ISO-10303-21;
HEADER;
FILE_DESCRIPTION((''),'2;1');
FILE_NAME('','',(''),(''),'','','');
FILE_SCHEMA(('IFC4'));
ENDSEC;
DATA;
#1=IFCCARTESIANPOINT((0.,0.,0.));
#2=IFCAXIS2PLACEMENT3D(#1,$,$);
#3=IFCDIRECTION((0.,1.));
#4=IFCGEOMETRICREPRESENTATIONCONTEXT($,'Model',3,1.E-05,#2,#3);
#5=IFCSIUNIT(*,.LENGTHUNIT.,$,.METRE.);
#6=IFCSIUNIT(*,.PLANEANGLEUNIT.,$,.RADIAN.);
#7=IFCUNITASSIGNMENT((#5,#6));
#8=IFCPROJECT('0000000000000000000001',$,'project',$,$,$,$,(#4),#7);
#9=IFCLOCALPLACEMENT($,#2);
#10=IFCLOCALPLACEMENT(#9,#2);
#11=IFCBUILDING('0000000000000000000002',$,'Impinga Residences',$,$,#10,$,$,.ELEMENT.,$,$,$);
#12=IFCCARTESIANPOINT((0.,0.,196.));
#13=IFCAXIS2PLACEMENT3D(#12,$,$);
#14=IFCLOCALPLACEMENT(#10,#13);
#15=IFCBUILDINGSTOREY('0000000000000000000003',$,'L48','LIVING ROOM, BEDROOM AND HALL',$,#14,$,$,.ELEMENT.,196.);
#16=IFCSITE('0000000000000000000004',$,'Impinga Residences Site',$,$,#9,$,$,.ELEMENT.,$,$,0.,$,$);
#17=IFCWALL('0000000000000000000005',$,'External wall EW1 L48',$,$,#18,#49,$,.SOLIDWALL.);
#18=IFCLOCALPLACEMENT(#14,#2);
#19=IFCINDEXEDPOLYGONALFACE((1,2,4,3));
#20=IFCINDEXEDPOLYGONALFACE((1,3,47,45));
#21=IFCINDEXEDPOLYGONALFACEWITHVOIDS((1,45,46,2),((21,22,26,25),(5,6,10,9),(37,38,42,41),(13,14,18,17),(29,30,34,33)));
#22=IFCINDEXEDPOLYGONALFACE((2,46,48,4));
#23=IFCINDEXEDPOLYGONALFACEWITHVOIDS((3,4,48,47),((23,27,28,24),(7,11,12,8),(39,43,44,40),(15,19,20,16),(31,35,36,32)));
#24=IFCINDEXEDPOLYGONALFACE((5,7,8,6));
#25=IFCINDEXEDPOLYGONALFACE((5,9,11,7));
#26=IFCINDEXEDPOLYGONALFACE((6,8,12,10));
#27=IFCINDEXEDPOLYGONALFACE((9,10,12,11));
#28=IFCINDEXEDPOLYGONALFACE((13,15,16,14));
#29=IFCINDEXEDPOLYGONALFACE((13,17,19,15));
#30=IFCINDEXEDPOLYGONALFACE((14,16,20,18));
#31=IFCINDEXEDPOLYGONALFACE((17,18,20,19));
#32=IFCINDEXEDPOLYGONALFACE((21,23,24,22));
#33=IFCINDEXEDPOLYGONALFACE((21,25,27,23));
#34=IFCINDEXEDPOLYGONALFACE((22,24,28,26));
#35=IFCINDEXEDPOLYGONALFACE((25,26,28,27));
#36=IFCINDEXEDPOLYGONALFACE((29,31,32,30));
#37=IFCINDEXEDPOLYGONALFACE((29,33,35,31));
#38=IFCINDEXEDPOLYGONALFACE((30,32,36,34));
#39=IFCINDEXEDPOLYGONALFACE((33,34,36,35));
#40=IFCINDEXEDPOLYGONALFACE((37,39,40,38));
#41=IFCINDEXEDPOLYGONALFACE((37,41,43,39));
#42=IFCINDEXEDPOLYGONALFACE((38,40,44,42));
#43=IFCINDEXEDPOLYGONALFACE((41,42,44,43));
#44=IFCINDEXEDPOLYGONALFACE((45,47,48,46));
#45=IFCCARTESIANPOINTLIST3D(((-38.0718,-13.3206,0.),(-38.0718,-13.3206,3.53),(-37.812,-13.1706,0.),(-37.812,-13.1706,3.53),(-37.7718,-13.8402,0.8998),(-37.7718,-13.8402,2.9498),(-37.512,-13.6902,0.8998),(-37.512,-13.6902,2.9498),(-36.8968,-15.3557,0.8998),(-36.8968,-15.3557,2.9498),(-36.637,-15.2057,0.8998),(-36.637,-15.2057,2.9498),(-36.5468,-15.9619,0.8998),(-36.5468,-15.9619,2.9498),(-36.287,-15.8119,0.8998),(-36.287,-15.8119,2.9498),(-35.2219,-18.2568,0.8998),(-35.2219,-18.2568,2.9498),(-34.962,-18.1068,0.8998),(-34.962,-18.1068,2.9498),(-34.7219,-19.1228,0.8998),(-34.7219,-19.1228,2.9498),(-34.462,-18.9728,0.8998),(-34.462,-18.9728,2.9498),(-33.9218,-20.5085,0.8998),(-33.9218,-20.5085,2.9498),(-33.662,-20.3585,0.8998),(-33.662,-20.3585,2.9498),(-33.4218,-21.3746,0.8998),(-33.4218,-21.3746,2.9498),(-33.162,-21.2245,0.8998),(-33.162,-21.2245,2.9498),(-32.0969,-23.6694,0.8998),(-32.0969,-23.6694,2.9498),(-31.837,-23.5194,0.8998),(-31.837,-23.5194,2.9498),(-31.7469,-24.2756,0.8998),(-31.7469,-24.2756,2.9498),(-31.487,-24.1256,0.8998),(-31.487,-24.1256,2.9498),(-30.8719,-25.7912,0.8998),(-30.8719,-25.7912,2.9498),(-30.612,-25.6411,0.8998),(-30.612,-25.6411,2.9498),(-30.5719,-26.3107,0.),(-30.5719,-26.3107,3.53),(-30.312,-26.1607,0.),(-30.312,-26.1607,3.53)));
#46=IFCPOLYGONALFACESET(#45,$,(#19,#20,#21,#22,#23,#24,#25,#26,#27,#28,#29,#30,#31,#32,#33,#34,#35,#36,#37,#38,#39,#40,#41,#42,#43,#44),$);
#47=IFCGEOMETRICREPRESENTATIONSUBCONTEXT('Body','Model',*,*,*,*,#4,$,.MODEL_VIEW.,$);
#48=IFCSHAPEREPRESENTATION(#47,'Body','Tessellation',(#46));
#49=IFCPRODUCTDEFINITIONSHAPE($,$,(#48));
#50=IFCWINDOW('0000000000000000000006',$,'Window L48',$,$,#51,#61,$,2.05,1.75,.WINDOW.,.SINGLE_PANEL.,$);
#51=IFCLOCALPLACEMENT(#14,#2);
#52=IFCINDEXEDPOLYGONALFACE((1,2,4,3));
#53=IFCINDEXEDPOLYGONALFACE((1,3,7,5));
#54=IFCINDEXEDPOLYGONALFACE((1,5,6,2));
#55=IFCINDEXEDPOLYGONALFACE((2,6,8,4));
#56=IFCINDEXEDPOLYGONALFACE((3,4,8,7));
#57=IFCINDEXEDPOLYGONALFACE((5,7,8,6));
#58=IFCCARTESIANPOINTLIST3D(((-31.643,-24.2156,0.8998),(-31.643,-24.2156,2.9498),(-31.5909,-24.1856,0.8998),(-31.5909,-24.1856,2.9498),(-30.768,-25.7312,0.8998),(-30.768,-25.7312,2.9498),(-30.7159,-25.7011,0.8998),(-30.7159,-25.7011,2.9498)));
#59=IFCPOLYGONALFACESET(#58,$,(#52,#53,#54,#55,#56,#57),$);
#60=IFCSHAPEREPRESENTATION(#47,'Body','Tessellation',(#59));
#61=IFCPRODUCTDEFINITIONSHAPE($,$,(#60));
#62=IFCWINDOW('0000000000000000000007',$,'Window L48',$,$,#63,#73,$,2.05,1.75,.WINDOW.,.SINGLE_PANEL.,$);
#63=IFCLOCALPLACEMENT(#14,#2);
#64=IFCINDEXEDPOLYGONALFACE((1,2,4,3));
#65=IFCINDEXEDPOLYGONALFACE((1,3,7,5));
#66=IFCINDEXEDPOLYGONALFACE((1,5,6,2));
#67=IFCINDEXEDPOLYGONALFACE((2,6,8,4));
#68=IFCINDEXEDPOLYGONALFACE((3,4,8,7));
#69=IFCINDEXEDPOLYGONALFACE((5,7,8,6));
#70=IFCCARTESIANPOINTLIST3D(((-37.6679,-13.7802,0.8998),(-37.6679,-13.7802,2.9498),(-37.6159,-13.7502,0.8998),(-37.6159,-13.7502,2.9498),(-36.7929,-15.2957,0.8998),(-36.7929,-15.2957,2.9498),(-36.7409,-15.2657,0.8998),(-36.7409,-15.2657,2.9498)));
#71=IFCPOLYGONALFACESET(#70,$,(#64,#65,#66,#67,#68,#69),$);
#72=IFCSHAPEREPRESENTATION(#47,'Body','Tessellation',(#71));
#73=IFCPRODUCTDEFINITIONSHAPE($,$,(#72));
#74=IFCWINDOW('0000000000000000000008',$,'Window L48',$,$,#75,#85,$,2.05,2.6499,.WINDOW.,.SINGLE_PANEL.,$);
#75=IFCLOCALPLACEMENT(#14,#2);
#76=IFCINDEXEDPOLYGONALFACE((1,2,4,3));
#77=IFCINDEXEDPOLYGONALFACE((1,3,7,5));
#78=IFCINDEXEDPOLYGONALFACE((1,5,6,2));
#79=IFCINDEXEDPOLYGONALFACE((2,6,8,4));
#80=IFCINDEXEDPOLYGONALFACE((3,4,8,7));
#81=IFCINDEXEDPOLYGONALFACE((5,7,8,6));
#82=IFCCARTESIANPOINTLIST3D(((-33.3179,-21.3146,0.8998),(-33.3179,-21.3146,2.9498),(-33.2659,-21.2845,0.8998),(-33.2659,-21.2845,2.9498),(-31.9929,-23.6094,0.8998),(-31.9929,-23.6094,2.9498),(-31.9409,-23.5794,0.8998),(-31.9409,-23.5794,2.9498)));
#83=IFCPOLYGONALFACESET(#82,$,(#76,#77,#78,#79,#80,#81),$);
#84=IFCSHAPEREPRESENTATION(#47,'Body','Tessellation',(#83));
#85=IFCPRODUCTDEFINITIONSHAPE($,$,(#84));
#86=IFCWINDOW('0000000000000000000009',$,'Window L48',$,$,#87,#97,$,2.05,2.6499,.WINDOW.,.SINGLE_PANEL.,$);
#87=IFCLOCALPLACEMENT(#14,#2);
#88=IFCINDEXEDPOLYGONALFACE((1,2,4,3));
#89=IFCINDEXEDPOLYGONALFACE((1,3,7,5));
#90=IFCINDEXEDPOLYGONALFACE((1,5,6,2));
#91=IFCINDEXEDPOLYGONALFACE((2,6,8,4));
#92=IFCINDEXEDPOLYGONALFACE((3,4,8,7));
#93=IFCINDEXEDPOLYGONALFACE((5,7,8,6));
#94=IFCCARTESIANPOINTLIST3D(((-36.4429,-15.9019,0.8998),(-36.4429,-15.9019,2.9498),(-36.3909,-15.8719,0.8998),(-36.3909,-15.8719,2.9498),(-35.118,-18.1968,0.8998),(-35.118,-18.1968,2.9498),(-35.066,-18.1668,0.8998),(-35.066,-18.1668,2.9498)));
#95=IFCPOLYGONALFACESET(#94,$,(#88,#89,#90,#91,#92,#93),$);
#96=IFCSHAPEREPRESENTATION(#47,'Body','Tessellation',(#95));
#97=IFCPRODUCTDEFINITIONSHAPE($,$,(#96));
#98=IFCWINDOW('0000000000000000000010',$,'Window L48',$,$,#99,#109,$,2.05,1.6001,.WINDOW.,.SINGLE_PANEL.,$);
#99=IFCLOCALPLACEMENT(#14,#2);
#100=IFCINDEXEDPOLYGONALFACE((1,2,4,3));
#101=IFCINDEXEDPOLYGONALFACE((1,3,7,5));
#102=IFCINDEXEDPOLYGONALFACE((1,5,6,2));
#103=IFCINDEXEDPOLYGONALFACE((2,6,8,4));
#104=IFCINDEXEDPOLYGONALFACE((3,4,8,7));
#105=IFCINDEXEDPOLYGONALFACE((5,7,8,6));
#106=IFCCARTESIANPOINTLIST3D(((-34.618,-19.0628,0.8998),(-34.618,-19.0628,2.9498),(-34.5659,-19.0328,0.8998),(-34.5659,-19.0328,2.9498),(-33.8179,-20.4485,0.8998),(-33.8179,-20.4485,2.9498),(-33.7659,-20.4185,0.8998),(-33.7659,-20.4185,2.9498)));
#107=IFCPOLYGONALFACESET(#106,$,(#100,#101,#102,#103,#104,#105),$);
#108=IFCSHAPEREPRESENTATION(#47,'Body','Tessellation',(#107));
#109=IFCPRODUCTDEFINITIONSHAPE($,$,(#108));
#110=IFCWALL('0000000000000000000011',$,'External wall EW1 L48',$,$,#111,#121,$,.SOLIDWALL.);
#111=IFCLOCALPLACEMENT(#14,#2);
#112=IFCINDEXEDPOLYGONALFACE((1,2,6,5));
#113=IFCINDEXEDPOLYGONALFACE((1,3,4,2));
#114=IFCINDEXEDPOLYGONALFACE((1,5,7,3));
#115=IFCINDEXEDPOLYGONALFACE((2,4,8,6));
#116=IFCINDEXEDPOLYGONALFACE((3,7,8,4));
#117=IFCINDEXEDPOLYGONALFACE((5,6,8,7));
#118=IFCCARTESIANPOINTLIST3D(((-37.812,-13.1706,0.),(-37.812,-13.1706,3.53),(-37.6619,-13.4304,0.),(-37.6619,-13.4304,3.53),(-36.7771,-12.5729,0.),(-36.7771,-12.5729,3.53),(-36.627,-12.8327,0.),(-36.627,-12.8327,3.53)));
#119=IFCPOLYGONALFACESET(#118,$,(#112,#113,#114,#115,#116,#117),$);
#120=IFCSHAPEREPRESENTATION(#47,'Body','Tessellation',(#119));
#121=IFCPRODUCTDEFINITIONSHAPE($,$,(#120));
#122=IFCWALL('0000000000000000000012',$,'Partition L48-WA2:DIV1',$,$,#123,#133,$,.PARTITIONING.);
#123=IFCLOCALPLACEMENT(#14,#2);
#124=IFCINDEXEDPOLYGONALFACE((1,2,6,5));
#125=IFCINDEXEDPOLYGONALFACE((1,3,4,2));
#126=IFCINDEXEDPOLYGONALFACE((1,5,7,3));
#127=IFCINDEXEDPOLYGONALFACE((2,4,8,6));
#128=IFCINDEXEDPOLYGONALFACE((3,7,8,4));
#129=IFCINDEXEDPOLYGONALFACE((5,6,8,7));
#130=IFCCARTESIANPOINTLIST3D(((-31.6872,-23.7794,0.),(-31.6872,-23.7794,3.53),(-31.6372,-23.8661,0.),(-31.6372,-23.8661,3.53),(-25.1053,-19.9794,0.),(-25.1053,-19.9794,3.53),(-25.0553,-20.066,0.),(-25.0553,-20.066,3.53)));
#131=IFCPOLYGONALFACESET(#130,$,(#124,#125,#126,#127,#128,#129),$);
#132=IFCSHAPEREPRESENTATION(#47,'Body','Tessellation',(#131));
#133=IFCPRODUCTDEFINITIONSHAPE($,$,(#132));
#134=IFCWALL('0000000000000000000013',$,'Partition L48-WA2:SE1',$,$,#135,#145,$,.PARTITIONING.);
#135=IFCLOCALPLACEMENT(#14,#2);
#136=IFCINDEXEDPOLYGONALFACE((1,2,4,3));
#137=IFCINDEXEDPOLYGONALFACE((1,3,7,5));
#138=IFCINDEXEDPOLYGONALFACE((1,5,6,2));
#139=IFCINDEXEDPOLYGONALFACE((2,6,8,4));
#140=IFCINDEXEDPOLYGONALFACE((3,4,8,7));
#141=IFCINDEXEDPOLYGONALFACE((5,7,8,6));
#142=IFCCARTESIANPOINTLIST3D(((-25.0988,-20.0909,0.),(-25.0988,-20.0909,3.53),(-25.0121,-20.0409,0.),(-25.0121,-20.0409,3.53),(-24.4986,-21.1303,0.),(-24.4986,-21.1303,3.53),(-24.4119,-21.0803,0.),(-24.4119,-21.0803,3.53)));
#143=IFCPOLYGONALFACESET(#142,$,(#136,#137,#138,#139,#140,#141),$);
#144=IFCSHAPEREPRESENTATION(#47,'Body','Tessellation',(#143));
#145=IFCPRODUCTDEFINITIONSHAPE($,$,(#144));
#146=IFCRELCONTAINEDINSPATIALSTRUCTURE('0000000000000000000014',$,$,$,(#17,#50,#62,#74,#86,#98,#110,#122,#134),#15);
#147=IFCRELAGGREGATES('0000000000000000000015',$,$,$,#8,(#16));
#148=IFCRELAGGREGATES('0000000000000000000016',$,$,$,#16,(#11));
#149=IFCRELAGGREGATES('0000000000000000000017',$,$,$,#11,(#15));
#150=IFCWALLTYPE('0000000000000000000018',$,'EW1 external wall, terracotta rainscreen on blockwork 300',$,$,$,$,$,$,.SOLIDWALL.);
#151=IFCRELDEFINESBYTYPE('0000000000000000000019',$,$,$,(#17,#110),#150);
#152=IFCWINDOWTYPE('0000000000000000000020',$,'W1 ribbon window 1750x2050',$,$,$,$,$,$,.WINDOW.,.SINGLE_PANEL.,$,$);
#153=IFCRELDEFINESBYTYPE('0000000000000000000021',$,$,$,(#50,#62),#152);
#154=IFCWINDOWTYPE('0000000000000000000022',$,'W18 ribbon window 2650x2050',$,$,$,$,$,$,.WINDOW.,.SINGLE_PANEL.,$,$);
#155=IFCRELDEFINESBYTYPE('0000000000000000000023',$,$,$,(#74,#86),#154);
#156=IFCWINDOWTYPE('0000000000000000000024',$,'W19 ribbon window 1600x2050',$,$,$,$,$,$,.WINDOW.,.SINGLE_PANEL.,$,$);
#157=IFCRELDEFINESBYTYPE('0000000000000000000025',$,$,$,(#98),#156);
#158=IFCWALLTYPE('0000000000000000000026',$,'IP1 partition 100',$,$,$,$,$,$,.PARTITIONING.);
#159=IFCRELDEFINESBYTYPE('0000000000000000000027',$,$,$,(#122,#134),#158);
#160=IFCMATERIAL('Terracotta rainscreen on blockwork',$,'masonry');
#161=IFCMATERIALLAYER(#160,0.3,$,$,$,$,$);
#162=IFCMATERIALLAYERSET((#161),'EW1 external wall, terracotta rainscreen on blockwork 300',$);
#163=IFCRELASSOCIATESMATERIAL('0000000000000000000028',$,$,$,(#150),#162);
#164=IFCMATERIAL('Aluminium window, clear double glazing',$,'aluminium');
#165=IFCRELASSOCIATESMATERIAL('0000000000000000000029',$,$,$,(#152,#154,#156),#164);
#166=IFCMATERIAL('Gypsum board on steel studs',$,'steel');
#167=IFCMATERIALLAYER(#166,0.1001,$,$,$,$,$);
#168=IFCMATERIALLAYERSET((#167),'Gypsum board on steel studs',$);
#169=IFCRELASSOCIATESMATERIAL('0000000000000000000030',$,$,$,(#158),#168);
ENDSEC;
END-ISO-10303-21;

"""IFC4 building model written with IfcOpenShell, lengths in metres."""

from ifc_helpers import new_model, si_unit, direction, frame, frame_2d, origin, place, context, subcontext, project, spatial, rectangle, extrude, material, layer, layer_set, type_object, element, fill, save


model = new_model("IFC4")

# Units and contexts
model_context = context("Model", 3, precision=1e-05, world=origin(), true_north=direction((0.0, 1.0)))
body_context = subcontext(model_context, "Body", "Model", "MODEL_VIEW")
ifc_project = project(units=[si_unit("LENGTHUNIT", "METRE"), si_unit("PLANEANGLEUNIT", "RADIAN")], contexts=[model_context])

# Site, building, storey
site_placement = place(None, origin())
site = spatial("IfcSite", under=ifc_project, at=site_placement, Name="Impinga Residences Site", CompositionType="ELEMENT", RefElevation=0.0)
building_placement = place(site_placement, origin())
building = spatial("IfcBuilding", under=site, at=building_placement, Name="Impinga Residences", CompositionType="ELEMENT")
storey_placement = place(building_placement, frame((0.0, 0.0, 196.0)))
storey = spatial("IfcBuildingStorey", under=building, at=storey_placement, Name="L48", Description="LIVING ROOM, BEDROOM AND HALL", CompositionType="ELEMENT", Elevation=196.0)

# Shared definitions
ifc_material_1 = material(Name="Terracotta rainscreen on blockwork", Category="masonry")
ifc_layer_1 = layer(ifc_material_1, 0.3)
ifc_layer_set_1 = layer_set([ifc_layer_1], Name="EW1 external wall, terracotta rainscreen on blockwork 300")
wall_type_1 = type_object("IfcWallType", Name="EW1 external wall, terracotta rainscreen on blockwork 300", PredefinedType="SOLIDWALL", material=ifc_layer_set_1)

# Wall, openings, windows
wall_1_placement = place(storey_placement, frame((-30.4419, -26.2358, 0.0), z_axis=(0.0, 0.0, 1.0), x_axis=(-0.500004, 0.866023, 0.0)))
wall_1 = element("IfcWall", 1, at=wall_1_placement, inside=storey, type_object=wall_type_1, Name="External wall EW1 L48", PredefinedType="SOLIDWALL", context=body_context, shape_type="SweptSolid", body=[
    extrude(rectangle(XDim=14.9998, YDim=0.3, at=frame_2d((7.5, 0.0))), origin(), (0.0, 0.0, 1.0), 3.53),
])
opening_1_placement = place(wall_1_placement, frame((0.6001, 0.0, 0.8999)))
opening_1 = element("IfcOpeningElement", 2, at=opening_1_placement, cuts=wall_1, PredefinedType="OPENING", context=body_context, shape_type="SweptSolid", body=[
    extrude(rectangle(XDim=1.75, YDim=2.05, at=frame_2d((0.875, 1.0249))), frame((0.0, 0.1599, 0.0), z_axis=(0.0, -1.0, 0.0), x_axis=(1.0, 0.0, 0.0)), (0.0, 0.0, 1.0), 0.3201),
])
opening_2_placement = place(wall_1_placement, frame((3.05, 0.0, 0.8999)))
opening_2 = element("IfcOpeningElement", 3, at=opening_2_placement, cuts=wall_1, PredefinedType="OPENING", context=body_context, shape_type="SweptSolid", body=[
    extrude(rectangle(XDim=2.6499, YDim=2.05, at=frame_2d((1.325, 1.0249))), frame((0.0, 0.1599, 0.0), z_axis=(0.0, -1.0, 0.0), x_axis=(1.0, 0.0, 0.0)), (0.0, 0.0, 1.0), 0.3201),
])
opening_3_placement = place(wall_1_placement, frame((6.7, 0.0, 0.8999)))
opening_3 = element("IfcOpeningElement", 4, at=opening_3_placement, cuts=wall_1, PredefinedType="OPENING", context=body_context, shape_type="SweptSolid", body=[
    extrude(rectangle(XDim=1.6001, YDim=2.05, at=frame_2d((0.8, 1.0249))), frame((0.0, 0.1599, 0.0), z_axis=(0.0, -1.0, 0.0), x_axis=(1.0, 0.0, 0.0)), (0.0, 0.0, 1.0), 0.3201),
])
opening_4_placement = place(wall_1_placement, frame((9.3, 0.0, 0.8999)))
opening_4 = element("IfcOpeningElement", 5, at=opening_4_placement, cuts=wall_1, PredefinedType="OPENING", context=body_context, shape_type="SweptSolid", body=[
    extrude(rectangle(XDim=2.6499, YDim=2.05, at=frame_2d((1.325, 1.0249))), frame((0.0, 0.1599, 0.0), z_axis=(0.0, -1.0, 0.0), x_axis=(1.0, 0.0, 0.0)), (0.0, 0.0, 1.0), 0.3201),
])
opening_5_placement = place(wall_1_placement, frame((12.6499, 0.0, 0.8999)))
opening_5 = element("IfcOpeningElement", 6, at=opening_5_placement, cuts=wall_1, PredefinedType="OPENING", context=body_context, shape_type="SweptSolid", body=[
    extrude(rectangle(XDim=1.75, YDim=2.05, at=frame_2d((0.875, 1.0249))), frame((0.0, 0.1599, 0.0), z_axis=(0.0, -1.0, 0.0), x_axis=(1.0, 0.0, 0.0)), (0.0, 0.0, 1.0), 0.3201),
])
ifc_material_2 = material(Name="Aluminium window, clear double glazing", Category="aluminium")
window_type_1 = type_object("IfcWindowType", Name="W1 ribbon window 1750x2050", PartitioningType="SINGLE_PANEL", PredefinedType="WINDOW", material=ifc_material_2)
window_1_placement = place(opening_1_placement, origin())
window_1 = element("IfcWindow", 7, at=window_1_placement, inside=storey, type_object=window_type_1, Name="Window L48", OverallHeight=2.05, OverallWidth=1.75, PartitioningType="SINGLE_PANEL", PredefinedType="WINDOW", context=body_context, shape_type="SweptSolid", body=[
    extrude(rectangle(XDim=1.75, YDim=2.05, at=frame_2d((0.875, 1.0249))), frame((0.0, 0.03, 0.0), z_axis=(0.0, -1.0, 0.0), x_axis=(1.0, 0.0, 0.0)), (0.0, 0.0, 1.0), 0.0601),
])
fill(opening_1, window_1)
window_2_placement = place(opening_5_placement, origin())
window_2 = element("IfcWindow", 8, at=window_2_placement, inside=storey, type_object=window_type_1, Name="Window L48", OverallHeight=2.05, OverallWidth=1.75, PartitioningType="SINGLE_PANEL", PredefinedType="WINDOW", context=body_context, shape_type="SweptSolid", body=[
    extrude(rectangle(XDim=1.75, YDim=2.05, at=frame_2d((0.875, 1.0249))), frame((0.0, 0.03, 0.0), z_axis=(0.0, -1.0, 0.0), x_axis=(1.0, 0.0, 0.0)), (0.0, 0.0, 1.0), 0.0601),
])
fill(opening_5, window_2)
window_type_2 = type_object("IfcWindowType", Name="W18 ribbon window 2650x2050", PartitioningType="SINGLE_PANEL", PredefinedType="WINDOW", material=ifc_material_2)
window_3_placement = place(opening_2_placement, origin())
window_3 = element("IfcWindow", 9, at=window_3_placement, inside=storey, type_object=window_type_2, Name="Window L48", OverallHeight=2.05, OverallWidth=2.6499, PartitioningType="SINGLE_PANEL", PredefinedType="WINDOW", context=body_context, shape_type="SweptSolid", body=[
    extrude(rectangle(XDim=2.6499, YDim=2.05, at=frame_2d((1.325, 1.0249))), frame((0.0, 0.03, 0.0), z_axis=(0.0, -1.0, 0.0), x_axis=(1.0, 0.0, 0.0)), (0.0, 0.0, 1.0), 0.0601),
])
fill(opening_2, window_3)
window_4_placement = place(opening_4_placement, origin())
window_4 = element("IfcWindow", 10, at=window_4_placement, inside=storey, type_object=window_type_2, Name="Window L48", OverallHeight=2.05, OverallWidth=2.6499, PartitioningType="SINGLE_PANEL", PredefinedType="WINDOW", context=body_context, shape_type="SweptSolid", body=[
    extrude(rectangle(XDim=2.6499, YDim=2.05, at=frame_2d((1.325, 1.0249))), frame((0.0, 0.03, 0.0), z_axis=(0.0, -1.0, 0.0), x_axis=(1.0, 0.0, 0.0)), (0.0, 0.0, 1.0), 0.0601),
])
fill(opening_4, window_4)
window_type_3 = type_object("IfcWindowType", Name="W19 ribbon window 1600x2050", PartitioningType="SINGLE_PANEL", PredefinedType="WINDOW", material=ifc_material_2)
window_5_placement = place(opening_3_placement, origin())
window_5 = element("IfcWindow", 11, at=window_5_placement, inside=storey, type_object=window_type_3, Name="Window L48", OverallHeight=2.05, OverallWidth=1.6001, PartitioningType="SINGLE_PANEL", PredefinedType="WINDOW", context=body_context, shape_type="SweptSolid", body=[
    extrude(rectangle(XDim=1.6001, YDim=2.05, at=frame_2d((0.8, 1.0249))), frame((0.0, 0.03, 0.0), z_axis=(0.0, -1.0, 0.0), x_axis=(1.0, 0.0, 0.0)), (0.0, 0.0, 1.0), 0.0601),
])
fill(opening_3, window_5)

# Walls
wall_2_placement = place(storey_placement, frame((-37.7371, -13.3005, 0.0), z_axis=(0.0, 0.0, 1.0), x_axis=(0.865971, 0.500094, 0.0)))
element("IfcWall", 12, at=wall_2_placement, inside=storey, type_object=wall_type_1, Name="External wall EW1 L48", PredefinedType="SOLIDWALL", context=body_context, shape_type="SweptSolid", body=[
    extrude(rectangle(XDim=1.1951, YDim=0.3, at=frame_2d((0.5977, 0.0))), origin(), (0.0, 0.0, 1.0), 3.53),
])
ifc_material_3 = material(Name="Gypsum board on steel studs", Category="steel")
ifc_layer_2 = layer(ifc_material_3, 0.1001)
ifc_layer_set_2 = layer_set([ifc_layer_2], Name="Gypsum board on steel studs")
wall_type_2 = type_object("IfcWallType", Name="IP1 partition 100", PredefinedType="PARTITIONING", material=ifc_layer_set_2)
wall_3_placement = place(storey_placement, frame((-25.0803, -20.0227, 0.0), z_axis=(0.0, 0.0, 1.0), x_axis=(-0.866022, -0.500005, 0.0)))
element("IfcWall", 13, at=wall_3_placement, inside=storey, type_object=wall_type_2, Name="Partition L48-WA2:DIV1", PredefinedType="PARTITIONING", context=body_context, shape_type="SweptSolid", body=[
    extrude(rectangle(XDim=7.6001, YDim=0.1001, at=frame_2d((3.8, 0.0))), origin(), (0.0, 0.0, 1.0), 3.53),
])
wall_4_placement = place(storey_placement, frame((-25.0554, -20.0659, 0.0), z_axis=(0.0, 0.0, 1.0), x_axis=(0.500034, -0.866006, 0.0)))
element("IfcWall", 14, at=wall_4_placement, inside=storey, type_object=wall_type_2, Name="Partition L48-WA2:SE1", PredefinedType="PARTITIONING", context=body_context, shape_type="SweptSolid", body=[
    extrude(rectangle(XDim=1.2002, YDim=0.1001, at=frame_2d((0.6001, 0.0))), origin(), (0.0, 0.0, 1.0), 3.53),
])

save(model, "model.ifc")
